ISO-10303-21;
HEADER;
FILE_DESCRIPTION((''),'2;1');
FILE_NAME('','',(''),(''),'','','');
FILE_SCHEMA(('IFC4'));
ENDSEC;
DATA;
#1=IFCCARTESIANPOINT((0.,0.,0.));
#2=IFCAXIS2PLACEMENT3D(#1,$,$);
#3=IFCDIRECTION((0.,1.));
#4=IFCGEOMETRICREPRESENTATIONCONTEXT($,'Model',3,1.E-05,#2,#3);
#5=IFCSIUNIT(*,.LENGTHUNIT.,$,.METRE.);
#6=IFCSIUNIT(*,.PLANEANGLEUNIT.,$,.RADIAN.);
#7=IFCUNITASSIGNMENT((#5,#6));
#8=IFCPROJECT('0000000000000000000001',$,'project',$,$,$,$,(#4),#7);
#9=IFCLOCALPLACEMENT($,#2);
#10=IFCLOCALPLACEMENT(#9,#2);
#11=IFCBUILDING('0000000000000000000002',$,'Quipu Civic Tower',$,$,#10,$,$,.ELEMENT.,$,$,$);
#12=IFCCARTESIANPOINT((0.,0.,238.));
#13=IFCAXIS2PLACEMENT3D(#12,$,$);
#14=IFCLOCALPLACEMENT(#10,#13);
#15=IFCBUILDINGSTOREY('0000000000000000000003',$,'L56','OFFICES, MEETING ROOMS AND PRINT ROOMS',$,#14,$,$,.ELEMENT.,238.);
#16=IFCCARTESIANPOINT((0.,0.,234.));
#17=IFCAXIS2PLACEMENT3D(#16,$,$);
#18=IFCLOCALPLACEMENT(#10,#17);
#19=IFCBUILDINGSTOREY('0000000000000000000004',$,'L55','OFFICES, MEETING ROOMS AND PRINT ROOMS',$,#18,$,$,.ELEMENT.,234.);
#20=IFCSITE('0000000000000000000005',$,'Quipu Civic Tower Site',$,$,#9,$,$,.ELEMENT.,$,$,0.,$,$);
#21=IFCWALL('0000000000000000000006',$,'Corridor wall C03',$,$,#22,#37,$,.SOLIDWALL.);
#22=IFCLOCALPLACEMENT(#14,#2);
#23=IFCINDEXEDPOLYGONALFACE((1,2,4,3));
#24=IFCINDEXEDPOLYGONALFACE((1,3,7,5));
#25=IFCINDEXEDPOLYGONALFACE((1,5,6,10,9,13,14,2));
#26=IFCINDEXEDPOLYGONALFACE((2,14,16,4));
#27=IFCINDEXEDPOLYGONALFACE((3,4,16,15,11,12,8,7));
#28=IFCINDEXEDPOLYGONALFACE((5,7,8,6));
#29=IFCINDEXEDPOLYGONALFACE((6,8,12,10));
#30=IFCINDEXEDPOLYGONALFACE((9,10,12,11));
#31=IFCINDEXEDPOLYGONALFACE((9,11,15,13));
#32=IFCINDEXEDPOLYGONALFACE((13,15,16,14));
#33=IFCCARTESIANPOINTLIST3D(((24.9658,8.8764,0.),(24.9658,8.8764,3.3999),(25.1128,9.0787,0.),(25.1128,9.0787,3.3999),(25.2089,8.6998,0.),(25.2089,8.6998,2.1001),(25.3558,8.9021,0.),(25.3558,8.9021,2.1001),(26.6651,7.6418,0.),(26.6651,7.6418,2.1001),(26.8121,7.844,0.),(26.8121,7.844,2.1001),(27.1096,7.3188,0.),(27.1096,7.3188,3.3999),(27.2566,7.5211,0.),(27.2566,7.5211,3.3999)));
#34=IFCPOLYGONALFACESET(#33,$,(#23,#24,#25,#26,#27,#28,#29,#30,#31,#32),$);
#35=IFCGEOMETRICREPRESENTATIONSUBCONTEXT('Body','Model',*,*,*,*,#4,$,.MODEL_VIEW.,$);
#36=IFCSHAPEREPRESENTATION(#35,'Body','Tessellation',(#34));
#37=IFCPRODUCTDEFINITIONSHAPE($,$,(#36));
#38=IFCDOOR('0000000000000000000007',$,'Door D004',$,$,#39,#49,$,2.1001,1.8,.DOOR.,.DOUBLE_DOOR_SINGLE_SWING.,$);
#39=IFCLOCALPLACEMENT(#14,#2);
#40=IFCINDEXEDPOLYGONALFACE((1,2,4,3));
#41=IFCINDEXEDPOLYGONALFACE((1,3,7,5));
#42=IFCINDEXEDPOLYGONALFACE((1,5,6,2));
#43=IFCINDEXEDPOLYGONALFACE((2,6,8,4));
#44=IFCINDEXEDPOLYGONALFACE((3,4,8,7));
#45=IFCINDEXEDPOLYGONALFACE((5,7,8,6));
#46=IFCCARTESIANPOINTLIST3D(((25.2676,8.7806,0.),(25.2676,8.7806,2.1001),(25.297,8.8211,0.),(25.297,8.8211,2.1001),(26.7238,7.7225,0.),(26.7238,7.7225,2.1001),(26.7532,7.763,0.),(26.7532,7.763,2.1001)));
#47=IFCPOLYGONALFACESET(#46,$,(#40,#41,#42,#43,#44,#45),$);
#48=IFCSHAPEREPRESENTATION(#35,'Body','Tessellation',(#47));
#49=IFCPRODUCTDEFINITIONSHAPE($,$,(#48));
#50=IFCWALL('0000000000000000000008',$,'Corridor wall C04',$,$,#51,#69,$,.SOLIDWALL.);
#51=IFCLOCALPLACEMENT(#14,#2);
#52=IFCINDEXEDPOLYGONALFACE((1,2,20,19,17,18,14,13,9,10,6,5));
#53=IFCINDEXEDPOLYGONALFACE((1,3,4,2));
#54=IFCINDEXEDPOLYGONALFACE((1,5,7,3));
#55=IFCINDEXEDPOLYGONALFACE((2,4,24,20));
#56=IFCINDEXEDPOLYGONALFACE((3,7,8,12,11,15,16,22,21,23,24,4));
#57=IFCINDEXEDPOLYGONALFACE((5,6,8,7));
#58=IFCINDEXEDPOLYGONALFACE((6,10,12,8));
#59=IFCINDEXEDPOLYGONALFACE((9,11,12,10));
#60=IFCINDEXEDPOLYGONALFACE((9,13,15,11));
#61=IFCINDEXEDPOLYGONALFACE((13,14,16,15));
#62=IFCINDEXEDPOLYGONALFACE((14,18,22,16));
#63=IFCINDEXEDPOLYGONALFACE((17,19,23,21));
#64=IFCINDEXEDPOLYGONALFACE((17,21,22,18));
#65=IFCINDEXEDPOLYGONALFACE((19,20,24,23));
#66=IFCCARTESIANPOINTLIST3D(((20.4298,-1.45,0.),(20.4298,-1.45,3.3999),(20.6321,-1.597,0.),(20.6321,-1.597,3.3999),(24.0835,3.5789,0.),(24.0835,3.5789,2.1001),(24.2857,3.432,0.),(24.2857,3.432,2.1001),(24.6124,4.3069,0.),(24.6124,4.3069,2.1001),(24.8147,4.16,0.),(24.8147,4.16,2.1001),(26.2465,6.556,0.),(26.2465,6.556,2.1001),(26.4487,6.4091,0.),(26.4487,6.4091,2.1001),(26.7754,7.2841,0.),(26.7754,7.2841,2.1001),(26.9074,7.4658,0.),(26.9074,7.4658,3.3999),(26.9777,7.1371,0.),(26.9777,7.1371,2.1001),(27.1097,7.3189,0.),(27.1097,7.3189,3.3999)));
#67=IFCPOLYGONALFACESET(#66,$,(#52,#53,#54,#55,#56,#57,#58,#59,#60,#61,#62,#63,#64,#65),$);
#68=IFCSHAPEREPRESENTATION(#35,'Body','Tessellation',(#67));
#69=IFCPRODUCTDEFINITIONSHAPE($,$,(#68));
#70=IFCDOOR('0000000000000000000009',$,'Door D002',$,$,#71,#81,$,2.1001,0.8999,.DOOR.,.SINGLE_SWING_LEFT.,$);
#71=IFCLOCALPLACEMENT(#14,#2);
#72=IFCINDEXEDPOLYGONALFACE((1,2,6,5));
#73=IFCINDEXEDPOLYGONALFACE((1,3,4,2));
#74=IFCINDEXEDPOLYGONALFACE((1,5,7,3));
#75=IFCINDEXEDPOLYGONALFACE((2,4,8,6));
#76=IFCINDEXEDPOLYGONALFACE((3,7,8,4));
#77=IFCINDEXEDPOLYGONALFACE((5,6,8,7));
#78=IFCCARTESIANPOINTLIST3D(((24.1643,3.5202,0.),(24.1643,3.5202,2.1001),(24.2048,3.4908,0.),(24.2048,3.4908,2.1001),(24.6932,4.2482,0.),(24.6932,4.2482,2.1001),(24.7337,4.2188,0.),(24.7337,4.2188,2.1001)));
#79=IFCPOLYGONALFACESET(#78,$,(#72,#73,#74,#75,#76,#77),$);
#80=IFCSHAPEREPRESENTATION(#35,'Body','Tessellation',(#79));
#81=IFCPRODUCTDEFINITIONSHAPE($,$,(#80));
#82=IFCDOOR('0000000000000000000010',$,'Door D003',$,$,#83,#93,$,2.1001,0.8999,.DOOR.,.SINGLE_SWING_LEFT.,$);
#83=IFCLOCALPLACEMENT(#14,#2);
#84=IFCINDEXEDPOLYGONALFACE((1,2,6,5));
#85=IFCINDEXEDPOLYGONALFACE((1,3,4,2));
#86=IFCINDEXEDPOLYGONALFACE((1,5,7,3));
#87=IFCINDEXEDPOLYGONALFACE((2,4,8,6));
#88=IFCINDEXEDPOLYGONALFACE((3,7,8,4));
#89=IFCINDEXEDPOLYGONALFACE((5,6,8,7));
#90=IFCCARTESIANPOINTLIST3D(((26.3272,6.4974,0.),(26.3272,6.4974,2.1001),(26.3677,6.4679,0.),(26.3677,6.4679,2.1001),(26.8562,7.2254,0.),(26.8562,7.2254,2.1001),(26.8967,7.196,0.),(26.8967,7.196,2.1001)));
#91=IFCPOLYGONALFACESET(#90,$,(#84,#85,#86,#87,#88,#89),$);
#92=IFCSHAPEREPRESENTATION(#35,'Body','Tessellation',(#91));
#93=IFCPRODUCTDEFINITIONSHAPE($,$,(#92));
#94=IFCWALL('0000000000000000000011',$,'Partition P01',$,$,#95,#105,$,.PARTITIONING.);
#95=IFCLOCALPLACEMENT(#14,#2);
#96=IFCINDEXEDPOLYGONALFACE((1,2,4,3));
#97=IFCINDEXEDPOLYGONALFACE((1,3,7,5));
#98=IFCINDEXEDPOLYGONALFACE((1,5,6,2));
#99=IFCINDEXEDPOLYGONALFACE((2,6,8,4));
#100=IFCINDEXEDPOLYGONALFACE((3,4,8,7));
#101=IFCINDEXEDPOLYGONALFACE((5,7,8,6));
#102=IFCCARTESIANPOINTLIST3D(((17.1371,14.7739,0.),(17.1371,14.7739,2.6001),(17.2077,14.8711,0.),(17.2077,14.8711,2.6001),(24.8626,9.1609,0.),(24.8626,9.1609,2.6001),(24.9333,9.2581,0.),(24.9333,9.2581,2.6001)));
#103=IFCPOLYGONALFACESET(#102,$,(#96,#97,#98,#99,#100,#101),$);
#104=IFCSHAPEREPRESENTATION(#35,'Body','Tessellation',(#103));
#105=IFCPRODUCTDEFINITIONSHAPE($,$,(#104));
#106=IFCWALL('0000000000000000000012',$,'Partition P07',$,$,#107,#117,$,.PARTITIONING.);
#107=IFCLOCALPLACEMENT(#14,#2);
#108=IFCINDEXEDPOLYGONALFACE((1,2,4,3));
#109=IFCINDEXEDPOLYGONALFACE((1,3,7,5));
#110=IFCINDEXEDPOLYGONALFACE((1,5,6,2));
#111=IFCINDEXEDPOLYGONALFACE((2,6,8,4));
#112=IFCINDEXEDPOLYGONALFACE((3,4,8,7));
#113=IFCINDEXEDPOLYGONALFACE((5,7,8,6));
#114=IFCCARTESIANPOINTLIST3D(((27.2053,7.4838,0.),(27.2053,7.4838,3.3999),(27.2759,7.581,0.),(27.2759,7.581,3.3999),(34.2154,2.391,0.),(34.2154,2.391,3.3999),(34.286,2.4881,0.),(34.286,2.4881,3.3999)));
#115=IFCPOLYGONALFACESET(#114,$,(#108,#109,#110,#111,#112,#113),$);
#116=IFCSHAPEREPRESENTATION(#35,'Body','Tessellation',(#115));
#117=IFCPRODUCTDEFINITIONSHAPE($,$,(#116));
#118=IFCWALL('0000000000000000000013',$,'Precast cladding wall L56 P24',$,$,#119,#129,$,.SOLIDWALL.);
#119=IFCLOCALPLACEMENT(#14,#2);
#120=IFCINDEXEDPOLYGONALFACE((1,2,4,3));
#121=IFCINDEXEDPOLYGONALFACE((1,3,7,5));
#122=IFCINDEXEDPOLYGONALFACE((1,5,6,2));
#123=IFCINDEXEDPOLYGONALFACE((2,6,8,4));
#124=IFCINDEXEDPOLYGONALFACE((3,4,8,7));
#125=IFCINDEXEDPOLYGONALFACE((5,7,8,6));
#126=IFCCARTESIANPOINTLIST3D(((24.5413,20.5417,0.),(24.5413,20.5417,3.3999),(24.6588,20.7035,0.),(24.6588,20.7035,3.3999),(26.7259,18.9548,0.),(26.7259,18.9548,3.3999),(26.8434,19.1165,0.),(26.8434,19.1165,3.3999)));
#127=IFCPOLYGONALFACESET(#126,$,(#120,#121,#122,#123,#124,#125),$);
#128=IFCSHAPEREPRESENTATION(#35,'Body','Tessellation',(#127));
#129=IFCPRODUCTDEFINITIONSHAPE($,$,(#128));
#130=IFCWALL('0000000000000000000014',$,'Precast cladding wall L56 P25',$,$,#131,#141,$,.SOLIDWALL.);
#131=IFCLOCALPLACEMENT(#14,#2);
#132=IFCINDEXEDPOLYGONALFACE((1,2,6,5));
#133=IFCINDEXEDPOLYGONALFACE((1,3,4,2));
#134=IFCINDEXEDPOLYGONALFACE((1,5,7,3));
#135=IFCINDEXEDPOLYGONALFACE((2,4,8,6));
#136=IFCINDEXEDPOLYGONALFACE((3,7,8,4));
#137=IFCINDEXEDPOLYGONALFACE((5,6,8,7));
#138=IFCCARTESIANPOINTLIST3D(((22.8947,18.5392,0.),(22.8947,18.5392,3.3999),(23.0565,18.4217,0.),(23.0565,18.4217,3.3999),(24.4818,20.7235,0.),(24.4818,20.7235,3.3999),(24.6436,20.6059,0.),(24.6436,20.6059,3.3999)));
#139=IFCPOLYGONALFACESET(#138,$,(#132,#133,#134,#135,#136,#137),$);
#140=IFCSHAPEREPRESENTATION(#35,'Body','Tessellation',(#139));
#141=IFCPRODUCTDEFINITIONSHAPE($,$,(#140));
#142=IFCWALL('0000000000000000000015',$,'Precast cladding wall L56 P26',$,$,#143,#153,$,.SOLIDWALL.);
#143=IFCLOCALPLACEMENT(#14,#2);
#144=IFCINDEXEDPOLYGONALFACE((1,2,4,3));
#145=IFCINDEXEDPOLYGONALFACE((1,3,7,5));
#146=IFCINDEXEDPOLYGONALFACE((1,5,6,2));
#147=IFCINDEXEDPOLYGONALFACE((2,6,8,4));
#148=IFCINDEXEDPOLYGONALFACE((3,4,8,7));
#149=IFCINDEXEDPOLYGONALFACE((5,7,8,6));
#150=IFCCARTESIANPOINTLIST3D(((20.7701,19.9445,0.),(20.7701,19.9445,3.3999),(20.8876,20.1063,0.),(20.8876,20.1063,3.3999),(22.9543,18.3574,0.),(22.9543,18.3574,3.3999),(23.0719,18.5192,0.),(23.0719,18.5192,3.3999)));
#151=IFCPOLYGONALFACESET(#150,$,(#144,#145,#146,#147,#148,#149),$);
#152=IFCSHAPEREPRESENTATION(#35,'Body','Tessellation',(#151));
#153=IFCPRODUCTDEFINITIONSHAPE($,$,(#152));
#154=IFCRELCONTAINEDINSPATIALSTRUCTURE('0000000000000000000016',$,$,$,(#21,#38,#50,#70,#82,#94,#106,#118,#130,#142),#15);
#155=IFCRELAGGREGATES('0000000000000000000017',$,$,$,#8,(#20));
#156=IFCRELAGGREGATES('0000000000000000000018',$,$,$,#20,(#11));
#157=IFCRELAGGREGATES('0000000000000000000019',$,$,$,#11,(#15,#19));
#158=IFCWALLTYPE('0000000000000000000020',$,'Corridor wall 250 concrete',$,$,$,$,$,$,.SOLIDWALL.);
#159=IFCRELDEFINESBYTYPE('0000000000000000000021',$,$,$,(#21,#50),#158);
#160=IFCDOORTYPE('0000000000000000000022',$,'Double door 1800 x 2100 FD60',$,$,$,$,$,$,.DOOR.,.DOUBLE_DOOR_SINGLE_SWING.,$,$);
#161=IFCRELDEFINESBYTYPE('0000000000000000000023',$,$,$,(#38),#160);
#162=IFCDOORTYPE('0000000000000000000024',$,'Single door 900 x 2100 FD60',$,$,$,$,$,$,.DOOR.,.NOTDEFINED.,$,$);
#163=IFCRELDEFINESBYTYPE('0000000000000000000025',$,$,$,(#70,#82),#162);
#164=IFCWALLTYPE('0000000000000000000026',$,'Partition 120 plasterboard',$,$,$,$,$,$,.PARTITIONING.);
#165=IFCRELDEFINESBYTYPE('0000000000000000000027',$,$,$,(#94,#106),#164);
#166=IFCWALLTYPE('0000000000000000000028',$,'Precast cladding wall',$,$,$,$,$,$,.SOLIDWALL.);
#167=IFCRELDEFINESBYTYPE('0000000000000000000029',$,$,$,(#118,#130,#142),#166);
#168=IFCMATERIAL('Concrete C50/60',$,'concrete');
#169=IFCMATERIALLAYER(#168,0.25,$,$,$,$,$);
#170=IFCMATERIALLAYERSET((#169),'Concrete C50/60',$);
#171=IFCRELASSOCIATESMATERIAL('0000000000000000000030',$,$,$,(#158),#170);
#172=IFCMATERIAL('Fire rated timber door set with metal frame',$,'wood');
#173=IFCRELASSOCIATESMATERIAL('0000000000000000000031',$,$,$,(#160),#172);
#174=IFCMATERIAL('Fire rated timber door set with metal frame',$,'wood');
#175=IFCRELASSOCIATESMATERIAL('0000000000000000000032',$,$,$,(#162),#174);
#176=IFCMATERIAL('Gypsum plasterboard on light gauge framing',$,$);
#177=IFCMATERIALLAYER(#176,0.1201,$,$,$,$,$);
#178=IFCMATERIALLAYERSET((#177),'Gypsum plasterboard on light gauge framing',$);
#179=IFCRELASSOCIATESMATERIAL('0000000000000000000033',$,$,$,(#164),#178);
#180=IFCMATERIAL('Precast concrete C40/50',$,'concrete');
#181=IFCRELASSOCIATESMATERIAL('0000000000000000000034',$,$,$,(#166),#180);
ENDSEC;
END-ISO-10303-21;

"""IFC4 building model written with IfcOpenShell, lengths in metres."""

from ifc_helpers import new_model, si_unit, direction, frame, frame_2d, origin, place, context, subcontext, project, spatial, rectangle, extrude, material, layer, layer_set, type_object, element, fill, save


model = new_model("IFC4")

# Units and contexts
model_context = context("Model", 3, precision=1e-05, world=origin(), true_north=direction((0.0, 1.0)))
body_context = subcontext(model_context, "Body", "Model", "MODEL_VIEW")
ifc_project = project(units=[si_unit("LENGTHUNIT", "METRE"), si_unit("PLANEANGLEUNIT", "RADIAN")], contexts=[model_context])

# Site, building, storey
site_placement = place(None, origin())
site = spatial("IfcSite", under=ifc_project, at=site_placement, Name="Quipu Civic Tower Site", CompositionType="ELEMENT", RefElevation=0.0)
building_placement = place(site_placement, origin())
building = spatial("IfcBuilding", under=site, at=building_placement, Name="Quipu Civic Tower", CompositionType="ELEMENT")
storey_1_placement = place(building_placement, frame((0.0, 0.0, 238.0)))
storey_1 = spatial("IfcBuildingStorey", under=building, at=storey_1_placement, Name="L56", Description="OFFICES, MEETING ROOMS AND PRINT ROOMS", CompositionType="ELEMENT", Elevation=238.0)

# Shared definitions
storey_2_placement = place(building_placement, frame((0.0, 0.0, 234.0)))
storey_2 = spatial("IfcBuildingStorey", under=building, at=storey_2_placement, Name="L55", Description="OFFICES, MEETING ROOMS AND PRINT ROOMS", CompositionType="ELEMENT", Elevation=234.0)

# Wall, opening, door
ifc_material_1 = material(Name="Concrete C50/60", Category="concrete")
ifc_layer_1 = layer(ifc_material_1, 0.25)
ifc_layer_set_1 = layer_set([ifc_layer_1], Name="Concrete C50/60")
wall_type_1 = type_object("IfcWallType", Name="Corridor wall 250 concrete", PredefinedType="SOLIDWALL", material=ifc_layer_set_1)
wall_1_placement = place(storey_1_placement, frame((25.0393, 8.9775, 0.0), z_axis=(0.0, 0.0, 1.0), x_axis=(0.809007, -0.587799, 0.0)))
wall_1 = element("IfcWall", 1, at=wall_1_placement, inside=storey_1, type_object=wall_type_1, Name="Corridor wall C03", PredefinedType="SOLIDWALL", context=body_context, shape_type="SweptSolid", body=[
    extrude(rectangle(XDim=2.6499, YDim=0.25, at=frame_2d((1.325, 0.0))), origin(), (0.0, 0.0, 1.0), 3.3999),
])
opening_1_placement = place(wall_1_placement, frame((0.3005, 0.0, 0.0)))
opening_1 = element("IfcOpeningElement", 2, at=opening_1_placement, cuts=wall_1, PredefinedType="OPENING", context=body_context, shape_type="SweptSolid", body=[
    extrude(rectangle(XDim=1.8, YDim=2.1001, at=frame_2d((0.8999, 1.05))), frame((0.0, 0.135, 0.0), z_axis=(0.0, -1.0, 0.0), x_axis=(1.0, 0.0, 0.0)), (0.0, 0.0, 1.0), 0.27),
])
ifc_material_2 = material(Name="Fire rated timber door set with metal frame", Category="wood")
door_type_1 = type_object("IfcDoorType", Name="Double door 1800 x 2100 FD60", OperationType="DOUBLE_DOOR_SINGLE_SWING", PredefinedType="DOOR", material=ifc_material_2)
door_1_placement = place(opening_1_placement, origin())
door_1 = element("IfcDoor", 3, at=door_1_placement, inside=storey_1, type_object=door_type_1, Name="Door D004", OperationType="DOUBLE_DOOR_SINGLE_SWING", OverallHeight=2.1001, OverallWidth=1.8, PredefinedType="DOOR", context=body_context, shape_type="SweptSolid", body=[
    extrude(rectangle(XDim=1.8, YDim=2.1001, at=frame_2d((0.8999, 1.05))), frame((0.0, 0.0249, 0.0), z_axis=(0.0, -1.0, 0.0), x_axis=(1.0, 0.0, 0.0)), (0.0, 0.0, 1.0), 0.05),
])
fill(opening_1, door_1)

# Wall, openings, doors
wall_2_placement = place(storey_1_placement, frame((27.0085, 7.3923, 0.0), z_axis=(0.0, 0.0, 1.0), x_axis=(-0.587776, -0.809023, 0.0)))
wall_2 = element("IfcWall", 4, at=wall_2_placement, inside=storey_1, type_object=wall_type_1, Name="Corridor wall C04", PredefinedType="SOLIDWALL", context=body_context, shape_type="SweptSolid", body=[
    extrude(rectangle(XDim=11.0205, YDim=0.25, at=frame_2d((5.5103, 0.0))), origin(), (0.0, 0.0, 1.0), 3.3999),
])
opening_2_placement = place(wall_2_placement, frame((3.9045, 0.0, 0.0)))
opening_2 = element("IfcOpeningElement", 5, at=opening_2_placement, cuts=wall_2, PredefinedType="OPENING", context=body_context, shape_type="SweptSolid", body=[
    extrude(rectangle(XDim=0.8999, YDim=2.1001, at=frame_2d((0.45, 1.05))), frame((0.0, 0.135, 0.0), z_axis=(0.0, -1.0, 0.0), x_axis=(1.0, 0.0, 0.0)), (0.0, 0.0, 1.0), 0.27),
])
opening_3_placement = place(wall_2_placement, frame((0.2246, 0.0, 0.0)))
opening_3 = element("IfcOpeningElement", 6, at=opening_3_placement, cuts=wall_2, PredefinedType="OPENING", context=body_context, shape_type="SweptSolid", body=[
    extrude(rectangle(XDim=0.8999, YDim=2.1001, at=frame_2d((0.45, 1.05))), frame((0.0, 0.135, 0.0), z_axis=(0.0, -1.0, 0.0), x_axis=(1.0, 0.0, 0.0)), (0.0, 0.0, 1.0), 0.27),
])
ifc_material_3 = material(Name="Fire rated timber door set with metal frame", Category="wood")
door_type_2 = type_object("IfcDoorType", Name="Single door 900 x 2100 FD60", OperationType="NOTDEFINED", PredefinedType="DOOR", material=ifc_material_3)
door_2_placement = place(opening_2_placement, origin())
door_2 = element("IfcDoor", 7, at=door_2_placement, inside=storey_1, type_object=door_type_2, Name="Door D002", OperationType="SINGLE_SWING_LEFT", OverallHeight=2.1001, OverallWidth=0.8999, PredefinedType="DOOR", context=body_context, shape_type="SweptSolid", body=[
    extrude(rectangle(XDim=0.8999, YDim=2.1001, at=frame_2d((0.45, 1.05))), frame((0.0, 0.0249, 0.0), z_axis=(0.0, -1.0, 0.0), x_axis=(1.0, 0.0, 0.0)), (0.0, 0.0, 1.0), 0.05),
])
fill(opening_2, door_2)
door_3_placement = place(opening_3_placement, origin())
door_3 = element("IfcDoor", 8, at=door_3_placement, inside=storey_1, type_object=door_type_2, Name="Door D003", OperationType="SINGLE_SWING_LEFT", OverallHeight=2.1001, OverallWidth=0.8999, PredefinedType="DOOR", context=body_context, shape_type="SweptSolid", body=[
    extrude(rectangle(XDim=0.8999, YDim=2.1001, at=frame_2d((0.45, 1.05))), frame((0.0, 0.0249, 0.0), z_axis=(0.0, -1.0, 0.0), x_axis=(1.0, 0.0, 0.0)), (0.0, 0.0, 1.0), 0.05),
])
fill(opening_3, door_3)

# Walls
ifc_material_4 = material(Name="Gypsum plasterboard on light gauge framing")
ifc_layer_2 = layer(ifc_material_4, 0.1201)
ifc_layer_set_2 = layer_set([ifc_layer_2], Name="Gypsum plasterboard on light gauge framing")
wall_type_2 = type_object("IfcWallType", Name="Partition 120 plasterboard", PredefinedType="PARTITIONING", material=ifc_layer_set_2)
wall_3_placement = place(storey_1_placement, frame((24.8979, 9.2095, 0.0), z_axis=(0.0, 0.0, 1.0), x_axis=(-0.809013, 0.58779, 0.0)))
element("IfcWall", 9, at=wall_3_placement, inside=storey_1, type_object=wall_type_2, Name="Partition P01", PredefinedType="PARTITIONING", context=body_context, shape_type="SweptSolid", body=[
    extrude(rectangle(XDim=9.5493, YDim=0.1201, at=frame_2d((4.7747, 0.0))), origin(), (0.0, 0.0, 1.0), 2.6001),
])
wall_4_placement = place(storey_1_placement, frame((27.2405, 7.5325, 0.0), z_axis=(0.0, 0.0, 1.0), x_axis=(0.809033, -0.587763, 0.0)))
element("IfcWall", 10, at=wall_4_placement, inside=storey_1, type_object=wall_type_2, Name="Partition P07", PredefinedType="PARTITIONING", context=body_context, shape_type="SweptSolid", body=[
    extrude(rectangle(XDim=8.6648, YDim=0.1201, at=frame_2d((4.3325, 0.0))), origin(), (0.0, 0.0, 1.0), 3.3999),
])
ifc_material_5 = material(Name="Precast concrete C40/50", Category="concrete")
wall_type_3 = type_object("IfcWallType", Name="Precast cladding wall", PredefinedType="SOLIDWALL", material=ifc_material_5)
wall_5_placement = place(storey_1_placement, frame((26.7847, 19.0356, 0.0), z_axis=(0.0, 0.0, 1.0), x_axis=(-0.809064, 0.58772, 0.0)))
element("IfcWall", 11, at=wall_5_placement, inside=storey_1, type_object=wall_type_3, Name="Precast cladding wall L56 P24", PredefinedType="SOLIDWALL", context=body_context, shape_type="SweptSolid", body=[
    extrude(rectangle(XDim=2.7002, YDim=0.2, at=frame_2d((1.3501, 0.0))), origin(), (0.0, 0.0, 1.0), 3.3999),
])
for number, where, z_axis, x_axis, name in (
    (12, (24.5627, 20.6648, 0.0), (0.0, 0.0, 1.0), (-0.587822, -0.80899, 0.0), "Precast cladding wall L56 P25"),
    (13, (23.0132, 18.4382, 0.0), (0.0, 0.0, 1.0), (-0.80899, 0.587822, 0.0), "Precast cladding wall L56 P26"),
):
    element("IfcWall", number, at=place(storey_1_placement, frame(where, z_axis=z_axis, x_axis=x_axis)), inside=storey_1, type_object=wall_type_3, Name=name, PredefinedType="SOLIDWALL", context=body_context, shape_type="SweptSolid", body=[
        extrude(rectangle(XDim=2.7, YDim=0.2, at=frame_2d((1.3501, 0.0))), origin(), (0.0, 0.0, 1.0), 3.3999),
    ])

save(model, "model.ifc")
